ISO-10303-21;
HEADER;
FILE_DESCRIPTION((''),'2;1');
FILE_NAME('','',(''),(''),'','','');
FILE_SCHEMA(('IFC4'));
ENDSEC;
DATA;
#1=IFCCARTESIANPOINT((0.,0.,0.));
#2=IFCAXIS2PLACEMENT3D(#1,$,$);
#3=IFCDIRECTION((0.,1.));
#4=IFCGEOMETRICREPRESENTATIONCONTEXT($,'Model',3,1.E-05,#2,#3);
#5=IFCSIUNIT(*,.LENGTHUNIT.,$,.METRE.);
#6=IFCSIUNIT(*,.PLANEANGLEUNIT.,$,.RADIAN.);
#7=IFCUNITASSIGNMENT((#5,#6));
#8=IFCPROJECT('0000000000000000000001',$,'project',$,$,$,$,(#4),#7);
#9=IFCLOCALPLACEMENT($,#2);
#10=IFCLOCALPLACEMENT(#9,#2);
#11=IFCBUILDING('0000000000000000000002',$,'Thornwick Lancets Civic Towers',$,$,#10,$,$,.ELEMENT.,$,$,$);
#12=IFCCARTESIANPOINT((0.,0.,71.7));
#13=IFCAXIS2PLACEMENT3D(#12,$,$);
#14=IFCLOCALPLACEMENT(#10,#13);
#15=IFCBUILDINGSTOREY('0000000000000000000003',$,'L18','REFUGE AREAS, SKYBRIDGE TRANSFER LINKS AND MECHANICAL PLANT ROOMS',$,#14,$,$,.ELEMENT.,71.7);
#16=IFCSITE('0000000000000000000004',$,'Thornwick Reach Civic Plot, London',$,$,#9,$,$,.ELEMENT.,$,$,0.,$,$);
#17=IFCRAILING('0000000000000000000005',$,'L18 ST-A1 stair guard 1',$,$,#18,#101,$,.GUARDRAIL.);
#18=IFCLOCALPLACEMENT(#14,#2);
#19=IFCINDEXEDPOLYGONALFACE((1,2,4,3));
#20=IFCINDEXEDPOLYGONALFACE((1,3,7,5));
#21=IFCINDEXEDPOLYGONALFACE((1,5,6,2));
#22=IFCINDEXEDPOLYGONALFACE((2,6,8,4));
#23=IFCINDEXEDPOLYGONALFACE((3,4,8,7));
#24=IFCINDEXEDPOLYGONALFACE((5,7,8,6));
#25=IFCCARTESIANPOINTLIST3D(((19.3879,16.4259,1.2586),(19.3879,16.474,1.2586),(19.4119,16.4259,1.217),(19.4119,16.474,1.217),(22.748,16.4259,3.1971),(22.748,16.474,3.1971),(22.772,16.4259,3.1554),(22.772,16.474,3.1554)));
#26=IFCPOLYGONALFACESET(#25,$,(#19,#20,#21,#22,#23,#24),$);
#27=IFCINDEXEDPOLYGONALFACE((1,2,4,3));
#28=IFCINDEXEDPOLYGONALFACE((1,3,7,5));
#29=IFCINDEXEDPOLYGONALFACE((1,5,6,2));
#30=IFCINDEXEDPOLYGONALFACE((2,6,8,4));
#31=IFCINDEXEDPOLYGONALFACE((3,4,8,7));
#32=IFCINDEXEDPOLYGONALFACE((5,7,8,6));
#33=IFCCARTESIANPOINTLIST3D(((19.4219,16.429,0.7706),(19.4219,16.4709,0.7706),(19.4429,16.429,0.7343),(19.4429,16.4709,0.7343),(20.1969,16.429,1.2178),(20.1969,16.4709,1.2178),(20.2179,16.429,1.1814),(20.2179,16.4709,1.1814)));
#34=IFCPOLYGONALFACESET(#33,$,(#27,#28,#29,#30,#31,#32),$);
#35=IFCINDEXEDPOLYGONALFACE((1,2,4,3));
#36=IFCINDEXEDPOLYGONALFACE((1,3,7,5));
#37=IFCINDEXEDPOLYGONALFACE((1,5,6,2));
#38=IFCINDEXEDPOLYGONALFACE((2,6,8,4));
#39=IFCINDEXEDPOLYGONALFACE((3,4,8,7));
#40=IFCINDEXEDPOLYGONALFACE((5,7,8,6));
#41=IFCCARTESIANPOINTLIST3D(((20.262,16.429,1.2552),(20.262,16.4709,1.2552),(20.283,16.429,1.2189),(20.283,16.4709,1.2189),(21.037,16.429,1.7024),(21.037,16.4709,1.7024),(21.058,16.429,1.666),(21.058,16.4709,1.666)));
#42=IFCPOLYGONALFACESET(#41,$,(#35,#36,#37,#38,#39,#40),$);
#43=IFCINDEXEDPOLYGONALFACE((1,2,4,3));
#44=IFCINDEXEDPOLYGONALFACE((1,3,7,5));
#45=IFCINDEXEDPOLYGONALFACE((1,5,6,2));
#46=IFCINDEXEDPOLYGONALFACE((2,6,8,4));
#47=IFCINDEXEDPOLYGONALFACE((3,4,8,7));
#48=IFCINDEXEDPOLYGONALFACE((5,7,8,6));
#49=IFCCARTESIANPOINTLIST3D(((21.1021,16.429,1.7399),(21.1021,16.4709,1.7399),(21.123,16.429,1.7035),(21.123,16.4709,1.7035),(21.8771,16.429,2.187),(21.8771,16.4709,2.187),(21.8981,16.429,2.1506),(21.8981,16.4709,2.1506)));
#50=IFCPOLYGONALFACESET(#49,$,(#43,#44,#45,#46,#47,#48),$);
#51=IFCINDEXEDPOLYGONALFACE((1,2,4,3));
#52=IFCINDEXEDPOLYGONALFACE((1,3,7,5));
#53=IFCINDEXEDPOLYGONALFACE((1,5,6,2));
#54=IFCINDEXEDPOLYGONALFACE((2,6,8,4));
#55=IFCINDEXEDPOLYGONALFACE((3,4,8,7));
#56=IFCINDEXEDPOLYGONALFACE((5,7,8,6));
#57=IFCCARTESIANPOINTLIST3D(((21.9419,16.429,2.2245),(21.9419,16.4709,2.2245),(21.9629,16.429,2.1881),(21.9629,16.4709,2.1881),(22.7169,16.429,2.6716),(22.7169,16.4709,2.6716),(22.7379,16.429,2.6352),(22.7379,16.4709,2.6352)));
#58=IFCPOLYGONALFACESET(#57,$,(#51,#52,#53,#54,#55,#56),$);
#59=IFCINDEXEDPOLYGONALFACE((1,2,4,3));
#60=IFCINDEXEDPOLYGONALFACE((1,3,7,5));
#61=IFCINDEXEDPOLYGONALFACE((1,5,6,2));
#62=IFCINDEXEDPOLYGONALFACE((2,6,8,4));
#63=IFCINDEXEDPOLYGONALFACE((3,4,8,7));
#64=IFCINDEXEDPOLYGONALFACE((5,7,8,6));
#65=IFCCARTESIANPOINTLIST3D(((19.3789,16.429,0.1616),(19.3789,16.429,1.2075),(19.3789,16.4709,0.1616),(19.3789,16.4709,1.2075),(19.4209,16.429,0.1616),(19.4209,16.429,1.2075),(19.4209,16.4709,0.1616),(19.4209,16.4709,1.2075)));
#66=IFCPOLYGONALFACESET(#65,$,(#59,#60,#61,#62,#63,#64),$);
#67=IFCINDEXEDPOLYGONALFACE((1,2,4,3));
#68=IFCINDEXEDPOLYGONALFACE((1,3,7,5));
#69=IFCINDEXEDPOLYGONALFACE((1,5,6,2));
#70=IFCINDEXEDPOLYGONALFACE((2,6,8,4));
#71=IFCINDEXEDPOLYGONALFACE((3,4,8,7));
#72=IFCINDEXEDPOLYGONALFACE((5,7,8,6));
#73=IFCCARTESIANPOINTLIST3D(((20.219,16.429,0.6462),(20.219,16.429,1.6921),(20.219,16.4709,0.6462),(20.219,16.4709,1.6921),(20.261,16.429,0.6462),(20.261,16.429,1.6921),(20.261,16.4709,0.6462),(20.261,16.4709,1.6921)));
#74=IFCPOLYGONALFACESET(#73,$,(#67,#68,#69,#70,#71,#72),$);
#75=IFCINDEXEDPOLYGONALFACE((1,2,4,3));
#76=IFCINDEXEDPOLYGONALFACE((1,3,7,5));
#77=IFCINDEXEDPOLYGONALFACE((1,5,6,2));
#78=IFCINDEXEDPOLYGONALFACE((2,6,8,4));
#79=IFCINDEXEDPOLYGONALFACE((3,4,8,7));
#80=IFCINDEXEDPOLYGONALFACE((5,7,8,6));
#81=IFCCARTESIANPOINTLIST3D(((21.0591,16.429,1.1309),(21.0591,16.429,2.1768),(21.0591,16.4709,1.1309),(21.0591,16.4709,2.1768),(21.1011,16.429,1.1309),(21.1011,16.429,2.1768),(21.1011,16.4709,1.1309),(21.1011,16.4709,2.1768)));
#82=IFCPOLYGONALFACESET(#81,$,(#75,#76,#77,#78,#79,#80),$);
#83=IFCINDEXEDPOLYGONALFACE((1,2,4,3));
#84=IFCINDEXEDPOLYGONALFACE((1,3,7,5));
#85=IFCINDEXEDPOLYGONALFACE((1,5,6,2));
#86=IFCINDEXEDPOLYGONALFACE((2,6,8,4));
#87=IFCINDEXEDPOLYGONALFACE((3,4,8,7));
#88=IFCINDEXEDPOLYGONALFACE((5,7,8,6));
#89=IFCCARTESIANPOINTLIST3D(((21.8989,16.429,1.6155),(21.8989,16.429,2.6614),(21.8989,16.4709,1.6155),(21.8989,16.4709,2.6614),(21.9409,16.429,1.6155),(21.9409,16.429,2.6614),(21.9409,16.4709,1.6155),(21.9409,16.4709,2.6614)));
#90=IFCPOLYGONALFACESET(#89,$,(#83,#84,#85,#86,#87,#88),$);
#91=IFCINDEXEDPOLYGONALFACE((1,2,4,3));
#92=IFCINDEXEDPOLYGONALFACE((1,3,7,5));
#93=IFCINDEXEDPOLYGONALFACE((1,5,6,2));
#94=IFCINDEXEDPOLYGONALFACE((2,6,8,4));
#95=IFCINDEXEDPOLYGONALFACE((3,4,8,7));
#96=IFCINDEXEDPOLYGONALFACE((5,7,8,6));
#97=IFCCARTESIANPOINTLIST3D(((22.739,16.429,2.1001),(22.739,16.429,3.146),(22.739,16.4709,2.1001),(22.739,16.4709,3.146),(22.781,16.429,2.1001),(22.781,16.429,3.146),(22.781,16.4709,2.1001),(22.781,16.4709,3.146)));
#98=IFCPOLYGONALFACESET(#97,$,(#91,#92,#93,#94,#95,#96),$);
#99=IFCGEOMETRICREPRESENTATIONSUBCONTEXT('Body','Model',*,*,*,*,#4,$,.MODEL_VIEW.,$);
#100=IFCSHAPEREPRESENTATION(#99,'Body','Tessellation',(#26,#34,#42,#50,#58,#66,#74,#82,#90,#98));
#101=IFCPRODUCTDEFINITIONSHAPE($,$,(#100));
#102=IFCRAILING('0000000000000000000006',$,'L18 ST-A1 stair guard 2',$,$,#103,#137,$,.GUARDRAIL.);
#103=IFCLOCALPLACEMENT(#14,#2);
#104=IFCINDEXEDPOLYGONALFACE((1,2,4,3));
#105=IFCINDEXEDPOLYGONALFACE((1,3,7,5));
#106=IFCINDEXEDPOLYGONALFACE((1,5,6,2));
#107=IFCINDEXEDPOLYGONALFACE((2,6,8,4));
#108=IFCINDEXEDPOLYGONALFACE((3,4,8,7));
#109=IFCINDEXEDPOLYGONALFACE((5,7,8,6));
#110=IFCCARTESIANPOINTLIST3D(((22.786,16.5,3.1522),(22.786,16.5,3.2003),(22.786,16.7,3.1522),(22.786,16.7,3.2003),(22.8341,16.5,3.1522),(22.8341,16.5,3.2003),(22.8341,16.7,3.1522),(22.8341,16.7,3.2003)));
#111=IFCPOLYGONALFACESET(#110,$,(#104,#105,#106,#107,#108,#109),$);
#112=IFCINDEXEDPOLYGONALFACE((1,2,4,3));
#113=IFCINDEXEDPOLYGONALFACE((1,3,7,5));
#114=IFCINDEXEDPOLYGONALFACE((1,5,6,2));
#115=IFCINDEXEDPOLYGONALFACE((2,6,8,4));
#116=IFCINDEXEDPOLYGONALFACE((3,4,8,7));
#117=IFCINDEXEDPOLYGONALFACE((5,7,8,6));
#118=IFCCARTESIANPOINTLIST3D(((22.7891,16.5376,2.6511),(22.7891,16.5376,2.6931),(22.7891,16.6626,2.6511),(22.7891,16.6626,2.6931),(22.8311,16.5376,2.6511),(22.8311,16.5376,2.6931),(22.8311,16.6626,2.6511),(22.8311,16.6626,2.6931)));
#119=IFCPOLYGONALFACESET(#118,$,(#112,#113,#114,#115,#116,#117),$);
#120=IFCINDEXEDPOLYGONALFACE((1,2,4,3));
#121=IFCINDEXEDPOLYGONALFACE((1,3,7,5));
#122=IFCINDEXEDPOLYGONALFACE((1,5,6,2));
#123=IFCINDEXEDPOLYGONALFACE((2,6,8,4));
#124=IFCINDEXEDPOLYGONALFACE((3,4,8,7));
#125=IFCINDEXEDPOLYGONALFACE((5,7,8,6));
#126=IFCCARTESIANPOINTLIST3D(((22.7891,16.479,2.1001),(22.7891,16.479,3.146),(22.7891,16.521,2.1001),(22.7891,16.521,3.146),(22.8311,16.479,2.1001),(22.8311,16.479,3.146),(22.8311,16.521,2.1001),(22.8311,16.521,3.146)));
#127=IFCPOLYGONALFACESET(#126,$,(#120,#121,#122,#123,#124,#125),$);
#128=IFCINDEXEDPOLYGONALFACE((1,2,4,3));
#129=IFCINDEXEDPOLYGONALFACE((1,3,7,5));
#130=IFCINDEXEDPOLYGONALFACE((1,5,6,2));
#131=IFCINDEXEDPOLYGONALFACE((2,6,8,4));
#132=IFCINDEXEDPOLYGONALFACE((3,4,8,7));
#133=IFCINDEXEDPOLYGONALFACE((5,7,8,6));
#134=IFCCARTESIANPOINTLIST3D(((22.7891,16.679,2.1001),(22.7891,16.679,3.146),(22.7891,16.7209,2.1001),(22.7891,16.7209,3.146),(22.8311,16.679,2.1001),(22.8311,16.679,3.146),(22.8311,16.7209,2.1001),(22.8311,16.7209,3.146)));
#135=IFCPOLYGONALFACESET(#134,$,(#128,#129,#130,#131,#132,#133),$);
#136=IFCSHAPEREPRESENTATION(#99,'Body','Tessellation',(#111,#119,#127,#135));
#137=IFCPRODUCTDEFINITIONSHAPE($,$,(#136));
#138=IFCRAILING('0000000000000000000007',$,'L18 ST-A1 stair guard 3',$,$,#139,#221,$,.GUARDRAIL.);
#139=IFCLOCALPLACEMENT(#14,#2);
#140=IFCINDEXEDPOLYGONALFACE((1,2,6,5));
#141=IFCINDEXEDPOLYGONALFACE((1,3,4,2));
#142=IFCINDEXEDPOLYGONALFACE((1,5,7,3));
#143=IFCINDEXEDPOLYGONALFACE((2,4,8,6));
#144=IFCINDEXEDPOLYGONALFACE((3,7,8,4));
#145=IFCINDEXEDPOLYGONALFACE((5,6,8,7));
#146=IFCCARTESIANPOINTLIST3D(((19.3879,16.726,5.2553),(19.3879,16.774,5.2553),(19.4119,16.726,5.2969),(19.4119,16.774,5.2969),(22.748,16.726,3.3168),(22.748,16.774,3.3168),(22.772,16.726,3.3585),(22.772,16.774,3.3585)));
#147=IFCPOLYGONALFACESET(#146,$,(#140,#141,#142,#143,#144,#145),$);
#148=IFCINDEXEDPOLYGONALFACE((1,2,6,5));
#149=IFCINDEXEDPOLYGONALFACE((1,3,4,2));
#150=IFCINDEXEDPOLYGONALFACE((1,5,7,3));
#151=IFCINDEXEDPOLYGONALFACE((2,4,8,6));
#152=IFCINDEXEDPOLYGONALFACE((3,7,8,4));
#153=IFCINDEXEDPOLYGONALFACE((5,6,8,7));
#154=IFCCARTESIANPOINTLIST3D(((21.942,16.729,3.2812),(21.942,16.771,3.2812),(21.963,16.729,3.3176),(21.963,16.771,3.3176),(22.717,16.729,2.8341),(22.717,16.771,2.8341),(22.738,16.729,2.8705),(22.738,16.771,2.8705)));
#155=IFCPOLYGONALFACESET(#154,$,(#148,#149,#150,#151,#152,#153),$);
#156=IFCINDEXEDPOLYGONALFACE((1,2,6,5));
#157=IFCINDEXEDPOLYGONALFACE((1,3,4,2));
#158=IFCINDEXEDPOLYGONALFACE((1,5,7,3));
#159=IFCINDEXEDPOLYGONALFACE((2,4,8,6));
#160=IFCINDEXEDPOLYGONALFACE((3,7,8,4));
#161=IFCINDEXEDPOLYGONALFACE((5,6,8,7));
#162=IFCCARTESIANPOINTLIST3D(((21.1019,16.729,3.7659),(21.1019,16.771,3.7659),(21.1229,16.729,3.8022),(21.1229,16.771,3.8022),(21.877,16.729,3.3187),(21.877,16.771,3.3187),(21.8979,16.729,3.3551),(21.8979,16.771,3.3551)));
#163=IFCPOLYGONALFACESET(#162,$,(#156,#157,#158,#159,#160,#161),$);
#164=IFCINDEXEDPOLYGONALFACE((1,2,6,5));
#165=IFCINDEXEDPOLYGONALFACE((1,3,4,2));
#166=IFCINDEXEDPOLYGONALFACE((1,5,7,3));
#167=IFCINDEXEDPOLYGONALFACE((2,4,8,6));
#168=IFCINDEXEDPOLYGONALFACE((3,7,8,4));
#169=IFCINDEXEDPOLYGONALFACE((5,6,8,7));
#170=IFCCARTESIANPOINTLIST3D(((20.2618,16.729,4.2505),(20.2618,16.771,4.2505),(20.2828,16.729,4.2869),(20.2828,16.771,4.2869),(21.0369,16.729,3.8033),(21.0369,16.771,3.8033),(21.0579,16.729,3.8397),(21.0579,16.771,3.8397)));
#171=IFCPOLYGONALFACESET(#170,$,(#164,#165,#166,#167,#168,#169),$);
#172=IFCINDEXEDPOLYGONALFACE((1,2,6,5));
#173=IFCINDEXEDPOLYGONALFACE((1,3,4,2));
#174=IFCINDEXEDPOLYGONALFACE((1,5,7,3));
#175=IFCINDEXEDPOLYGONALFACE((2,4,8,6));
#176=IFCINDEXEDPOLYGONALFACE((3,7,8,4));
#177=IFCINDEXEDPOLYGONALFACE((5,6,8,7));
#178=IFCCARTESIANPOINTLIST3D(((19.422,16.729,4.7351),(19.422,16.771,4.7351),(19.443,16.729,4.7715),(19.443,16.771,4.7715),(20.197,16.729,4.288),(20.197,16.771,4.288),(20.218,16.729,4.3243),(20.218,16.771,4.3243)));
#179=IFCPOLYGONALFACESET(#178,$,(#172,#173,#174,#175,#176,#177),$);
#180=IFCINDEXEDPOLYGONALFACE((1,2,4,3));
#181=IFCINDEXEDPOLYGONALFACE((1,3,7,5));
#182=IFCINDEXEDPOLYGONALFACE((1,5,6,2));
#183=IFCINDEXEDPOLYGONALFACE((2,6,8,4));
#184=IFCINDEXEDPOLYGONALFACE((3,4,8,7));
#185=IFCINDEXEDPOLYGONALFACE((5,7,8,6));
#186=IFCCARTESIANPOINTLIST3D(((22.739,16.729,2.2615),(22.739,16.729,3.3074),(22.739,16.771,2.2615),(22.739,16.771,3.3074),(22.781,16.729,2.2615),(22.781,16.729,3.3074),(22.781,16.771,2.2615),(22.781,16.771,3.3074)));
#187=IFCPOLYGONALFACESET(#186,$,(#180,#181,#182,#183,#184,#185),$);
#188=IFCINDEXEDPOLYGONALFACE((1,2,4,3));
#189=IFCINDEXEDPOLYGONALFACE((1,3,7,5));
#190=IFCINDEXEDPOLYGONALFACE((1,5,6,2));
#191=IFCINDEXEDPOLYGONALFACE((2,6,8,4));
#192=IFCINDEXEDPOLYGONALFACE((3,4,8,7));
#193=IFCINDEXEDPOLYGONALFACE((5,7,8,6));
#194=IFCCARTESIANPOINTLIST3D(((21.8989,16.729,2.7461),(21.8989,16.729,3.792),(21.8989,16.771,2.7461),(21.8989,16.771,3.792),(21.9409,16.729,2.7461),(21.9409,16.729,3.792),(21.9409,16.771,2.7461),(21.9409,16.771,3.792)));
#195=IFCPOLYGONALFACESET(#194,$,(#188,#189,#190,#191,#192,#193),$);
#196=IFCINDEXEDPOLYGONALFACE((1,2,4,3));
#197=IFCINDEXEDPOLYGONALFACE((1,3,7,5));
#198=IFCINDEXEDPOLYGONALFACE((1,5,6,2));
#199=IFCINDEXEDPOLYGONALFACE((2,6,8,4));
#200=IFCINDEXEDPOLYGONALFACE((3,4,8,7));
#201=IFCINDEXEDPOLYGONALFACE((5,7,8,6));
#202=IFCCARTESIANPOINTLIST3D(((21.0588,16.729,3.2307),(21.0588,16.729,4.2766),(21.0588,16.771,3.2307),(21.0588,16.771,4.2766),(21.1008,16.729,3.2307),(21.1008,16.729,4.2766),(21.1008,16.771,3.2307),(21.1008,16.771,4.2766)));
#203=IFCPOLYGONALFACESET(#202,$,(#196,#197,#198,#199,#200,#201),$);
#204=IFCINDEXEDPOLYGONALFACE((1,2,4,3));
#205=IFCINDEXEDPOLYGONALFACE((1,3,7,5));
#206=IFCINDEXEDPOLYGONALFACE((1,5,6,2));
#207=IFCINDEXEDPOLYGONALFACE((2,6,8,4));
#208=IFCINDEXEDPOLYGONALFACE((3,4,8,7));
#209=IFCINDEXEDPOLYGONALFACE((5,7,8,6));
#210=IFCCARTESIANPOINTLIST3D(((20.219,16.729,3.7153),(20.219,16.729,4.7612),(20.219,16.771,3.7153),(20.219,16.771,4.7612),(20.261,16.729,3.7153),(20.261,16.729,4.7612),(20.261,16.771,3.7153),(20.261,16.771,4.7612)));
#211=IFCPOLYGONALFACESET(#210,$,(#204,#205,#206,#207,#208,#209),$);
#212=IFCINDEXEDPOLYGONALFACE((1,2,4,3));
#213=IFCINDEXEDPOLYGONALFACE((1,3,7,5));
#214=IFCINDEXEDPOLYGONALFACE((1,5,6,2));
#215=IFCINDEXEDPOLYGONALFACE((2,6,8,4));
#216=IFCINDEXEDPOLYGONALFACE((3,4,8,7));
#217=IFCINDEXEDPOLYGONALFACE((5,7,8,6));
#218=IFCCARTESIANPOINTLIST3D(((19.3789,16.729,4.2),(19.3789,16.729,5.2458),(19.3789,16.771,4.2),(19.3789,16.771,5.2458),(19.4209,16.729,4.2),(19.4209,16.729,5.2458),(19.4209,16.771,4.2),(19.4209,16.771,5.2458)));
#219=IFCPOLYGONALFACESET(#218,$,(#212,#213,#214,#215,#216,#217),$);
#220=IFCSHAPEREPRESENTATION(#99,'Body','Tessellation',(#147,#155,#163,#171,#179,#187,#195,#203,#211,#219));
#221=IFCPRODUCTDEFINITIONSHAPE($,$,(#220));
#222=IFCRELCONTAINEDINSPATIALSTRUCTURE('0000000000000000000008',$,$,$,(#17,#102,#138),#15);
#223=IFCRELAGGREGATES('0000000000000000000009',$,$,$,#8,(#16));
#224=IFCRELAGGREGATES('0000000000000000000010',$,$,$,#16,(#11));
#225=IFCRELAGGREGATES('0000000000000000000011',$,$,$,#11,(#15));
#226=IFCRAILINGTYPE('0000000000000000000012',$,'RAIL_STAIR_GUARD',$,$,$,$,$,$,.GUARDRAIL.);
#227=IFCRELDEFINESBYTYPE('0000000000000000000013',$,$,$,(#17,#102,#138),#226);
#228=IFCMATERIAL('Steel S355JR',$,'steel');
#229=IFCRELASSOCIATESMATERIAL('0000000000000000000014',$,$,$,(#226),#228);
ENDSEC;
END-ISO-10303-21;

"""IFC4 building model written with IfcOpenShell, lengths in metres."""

from ifc_helpers import new_model, si_unit, direction, frame, origin, origin_2d, place, context, subcontext, project, spatial, rectangle, extrude, material, type_object, element, save


model = new_model("IFC4")

# Units and contexts
model_context = context("Model", 3, precision=1e-05, world=origin(), true_north=direction((0.0, 1.0)))
body_context = subcontext(model_context, "Body", "Model", "MODEL_VIEW")
ifc_project = project(units=[si_unit("LENGTHUNIT", "METRE"), si_unit("PLANEANGLEUNIT", "RADIAN")], contexts=[model_context])

# Site, building, storey
site_placement = place(None, origin())
site = spatial("IfcSite", under=ifc_project, at=site_placement, Name="Thornwick Reach Civic Plot, London", CompositionType="ELEMENT", RefElevation=0.0)
building_placement = place(site_placement, origin())
building = spatial("IfcBuilding", under=site, at=building_placement, Name="Thornwick Lancets Civic Towers", CompositionType="ELEMENT")
storey_placement = place(building_placement, frame((0.0, 0.0, 71.7)))
storey = spatial("IfcBuildingStorey", under=building, at=storey_placement, Name="L18", Description="REFUGE AREAS, SKYBRIDGE TRANSFER LINKS AND MECHANICAL PLANT ROOMS", CompositionType="ELEMENT", Elevation=71.7)

# Shared definitions
ifc_material_1 = material(Name="Steel S355JR", Category="steel")

# Railings
railing_type_1 = type_object("IfcRailingType", Name="RAIL_STAIR_GUARD", PredefinedType="GUARDRAIL", material=ifc_material_1)
railing_1_placement = place(storey_placement, frame((19.3999, 16.45, 0.1616)))
element("IfcRailing", 1, at=railing_1_placement, inside=storey, type_object=railing_type_1, Name="L18 ST-A1 stair guard 1", PredefinedType="GUARDRAIL", context=body_context, shape_type="SweptSolid", body=[
    extrude(rectangle(XDim=0.0481, YDim=0.0481, at=origin_2d()), frame((0.0, 0.0, 1.0762), z_axis=(0.866191, 0.0, 0.499713), x_axis=(0.0, 1.0, 0.0)), (0.0, 0.0, 1.0), 3.8792),
    extrude(rectangle(XDim=0.042, YDim=0.042, at=origin_2d()), frame((0.0325, 0.0, 0.5908), z_axis=(0.866191, 0.0, 0.499713), x_axis=(0.0, 1.0, 0.0)), (0.0, 0.0, 1.0), 0.8948),
    extrude(rectangle(XDim=0.042, YDim=0.042, at=origin_2d()), frame((0.8726, 0.0, 1.0754), z_axis=(0.866191, 0.0, 0.499713), x_axis=(0.0, 1.0, 0.0)), (0.0, 0.0, 1.0), 0.8948),
    extrude(rectangle(XDim=0.042, YDim=0.042, at=origin_2d()), frame((1.7126, 0.0, 1.5601), z_axis=(0.866191, 0.0, 0.499713), x_axis=(0.0, 1.0, 0.0)), (0.0, 0.0, 1.0), 0.8948),
    extrude(rectangle(XDim=0.042, YDim=0.042, at=origin_2d()), frame((2.5525, 0.0, 2.0447), z_axis=(0.866191, 0.0, 0.499713), x_axis=(0.0, 1.0, 0.0)), (0.0, 0.0, 1.0), 0.8948),
    extrude(rectangle(XDim=0.042, YDim=0.042, at=origin_2d()), origin(), (0.0, 0.0, 1.0), 1.0459),
    extrude(rectangle(XDim=0.042, YDim=0.042, at=origin_2d()), frame((0.8401, 0.0, 0.4846)), (0.0, 0.0, 1.0), 1.0459),
    extrude(rectangle(XDim=0.042, YDim=0.042, at=origin_2d()), frame((1.6802, 0.0, 0.9692)), (0.0, 0.0, 1.0), 1.0459),
    extrude(rectangle(XDim=0.042, YDim=0.042, at=origin_2d()), frame((2.52, 0.0, 1.4539)), (0.0, 0.0, 1.0), 1.0459),
    extrude(rectangle(XDim=0.042, YDim=0.042, at=origin_2d()), frame((3.3601, 0.0, 1.9385)), (0.0, 0.0, 1.0), 1.0459),
])
railing_2_placement = place(storey_placement, frame((22.8101, 16.5, 2.1001)))
element("IfcRailing", 2, at=railing_2_placement, inside=storey, type_object=railing_type_1, Name="L18 ST-A1 stair guard 2", PredefinedType="GUARDRAIL", context=body_context, shape_type="SweptSolid", body=[
    extrude(rectangle(XDim=0.0481, YDim=0.0481, at=origin_2d()), frame((0.0, 0.0, 1.0762), z_axis=(0.0, 1.0, 0.0), x_axis=(-1.0, 0.0, 0.0)), (0.0, 0.0, 1.0), 0.2),
    extrude(rectangle(XDim=0.042, YDim=0.042, at=origin_2d()), frame((0.0, 0.0376, 0.572), z_axis=(0.0, 1.0, 0.0), x_axis=(-1.0, 0.0, 0.0)), (0.0, 0.0, 1.0), 0.125),
    extrude(rectangle(XDim=0.042, YDim=0.042, at=origin_2d()), origin(), (0.0, 0.0, 1.0), 1.0459),
    extrude(rectangle(XDim=0.042, YDim=0.042, at=origin_2d()), frame((0.0, 0.2, 0.0)), (0.0, 0.0, 1.0), 1.0459),
])
railing_3_placement = place(storey_placement, frame((22.76, 16.75, 2.2615)))
element("IfcRailing", 3, at=railing_3_placement, inside=storey, type_object=railing_type_1, Name="L18 ST-A1 stair guard 3", PredefinedType="GUARDRAIL", context=body_context, shape_type="SweptSolid", body=[
    extrude(rectangle(XDim=0.0481, YDim=0.0481, at=origin_2d()), frame((0.0, 0.0, 1.0762), z_axis=(-0.866191, 0.0, 0.499713), x_axis=(0.0, -1.0, 0.0)), (0.0, 0.0, 1.0), 3.8792),
    extrude(rectangle(XDim=0.042, YDim=0.042, at=origin_2d()), frame((-0.0325, 0.0, 0.5908), z_axis=(-0.866191, 0.0, 0.499713), x_axis=(0.0, -1.0, 0.0)), (0.0, 0.0, 1.0), 0.8948),
    extrude(rectangle(XDim=0.042, YDim=0.042, at=origin_2d()), frame((-0.8726, 0.0, 1.0754), z_axis=(-0.866191, 0.0, 0.499713), x_axis=(0.0, -1.0, 0.0)), (0.0, 0.0, 1.0), 0.8948),
    extrude(rectangle(XDim=0.042, YDim=0.042, at=origin_2d()), frame((-1.7126, 0.0, 1.5601), z_axis=(-0.866191, 0.0, 0.499713), x_axis=(0.0, -1.0, 0.0)), (0.0, 0.0, 1.0), 0.8948),
    extrude(rectangle(XDim=0.042, YDim=0.042, at=origin_2d()), frame((-2.5525, 0.0, 2.0447), z_axis=(-0.866191, 0.0, 0.499713), x_axis=(0.0, -1.0, 0.0)), (0.0, 0.0, 1.0), 0.8948),
    extrude(rectangle(XDim=0.042, YDim=0.042, at=origin_2d()), origin(), (0.0, 0.0, 1.0), 1.0459),
    extrude(rectangle(XDim=0.042, YDim=0.042, at=origin_2d()), frame((-0.8401, 0.0, 0.4846)), (0.0, 0.0, 1.0), 1.0459),
    extrude(rectangle(XDim=0.042, YDim=0.042, at=origin_2d()), frame((-1.6802, 0.0, 0.9692)), (0.0, 0.0, 1.0), 1.0459),
    extrude(rectangle(XDim=0.042, YDim=0.042, at=origin_2d()), frame((-2.52, 0.0, 1.4539)), (0.0, 0.0, 1.0), 1.0459),
    extrude(rectangle(XDim=0.042, YDim=0.042, at=origin_2d()), frame((-3.3601, 0.0, 1.9385)), (0.0, 0.0, 1.0), 1.0459),
])

save(model, "model.ifc")
